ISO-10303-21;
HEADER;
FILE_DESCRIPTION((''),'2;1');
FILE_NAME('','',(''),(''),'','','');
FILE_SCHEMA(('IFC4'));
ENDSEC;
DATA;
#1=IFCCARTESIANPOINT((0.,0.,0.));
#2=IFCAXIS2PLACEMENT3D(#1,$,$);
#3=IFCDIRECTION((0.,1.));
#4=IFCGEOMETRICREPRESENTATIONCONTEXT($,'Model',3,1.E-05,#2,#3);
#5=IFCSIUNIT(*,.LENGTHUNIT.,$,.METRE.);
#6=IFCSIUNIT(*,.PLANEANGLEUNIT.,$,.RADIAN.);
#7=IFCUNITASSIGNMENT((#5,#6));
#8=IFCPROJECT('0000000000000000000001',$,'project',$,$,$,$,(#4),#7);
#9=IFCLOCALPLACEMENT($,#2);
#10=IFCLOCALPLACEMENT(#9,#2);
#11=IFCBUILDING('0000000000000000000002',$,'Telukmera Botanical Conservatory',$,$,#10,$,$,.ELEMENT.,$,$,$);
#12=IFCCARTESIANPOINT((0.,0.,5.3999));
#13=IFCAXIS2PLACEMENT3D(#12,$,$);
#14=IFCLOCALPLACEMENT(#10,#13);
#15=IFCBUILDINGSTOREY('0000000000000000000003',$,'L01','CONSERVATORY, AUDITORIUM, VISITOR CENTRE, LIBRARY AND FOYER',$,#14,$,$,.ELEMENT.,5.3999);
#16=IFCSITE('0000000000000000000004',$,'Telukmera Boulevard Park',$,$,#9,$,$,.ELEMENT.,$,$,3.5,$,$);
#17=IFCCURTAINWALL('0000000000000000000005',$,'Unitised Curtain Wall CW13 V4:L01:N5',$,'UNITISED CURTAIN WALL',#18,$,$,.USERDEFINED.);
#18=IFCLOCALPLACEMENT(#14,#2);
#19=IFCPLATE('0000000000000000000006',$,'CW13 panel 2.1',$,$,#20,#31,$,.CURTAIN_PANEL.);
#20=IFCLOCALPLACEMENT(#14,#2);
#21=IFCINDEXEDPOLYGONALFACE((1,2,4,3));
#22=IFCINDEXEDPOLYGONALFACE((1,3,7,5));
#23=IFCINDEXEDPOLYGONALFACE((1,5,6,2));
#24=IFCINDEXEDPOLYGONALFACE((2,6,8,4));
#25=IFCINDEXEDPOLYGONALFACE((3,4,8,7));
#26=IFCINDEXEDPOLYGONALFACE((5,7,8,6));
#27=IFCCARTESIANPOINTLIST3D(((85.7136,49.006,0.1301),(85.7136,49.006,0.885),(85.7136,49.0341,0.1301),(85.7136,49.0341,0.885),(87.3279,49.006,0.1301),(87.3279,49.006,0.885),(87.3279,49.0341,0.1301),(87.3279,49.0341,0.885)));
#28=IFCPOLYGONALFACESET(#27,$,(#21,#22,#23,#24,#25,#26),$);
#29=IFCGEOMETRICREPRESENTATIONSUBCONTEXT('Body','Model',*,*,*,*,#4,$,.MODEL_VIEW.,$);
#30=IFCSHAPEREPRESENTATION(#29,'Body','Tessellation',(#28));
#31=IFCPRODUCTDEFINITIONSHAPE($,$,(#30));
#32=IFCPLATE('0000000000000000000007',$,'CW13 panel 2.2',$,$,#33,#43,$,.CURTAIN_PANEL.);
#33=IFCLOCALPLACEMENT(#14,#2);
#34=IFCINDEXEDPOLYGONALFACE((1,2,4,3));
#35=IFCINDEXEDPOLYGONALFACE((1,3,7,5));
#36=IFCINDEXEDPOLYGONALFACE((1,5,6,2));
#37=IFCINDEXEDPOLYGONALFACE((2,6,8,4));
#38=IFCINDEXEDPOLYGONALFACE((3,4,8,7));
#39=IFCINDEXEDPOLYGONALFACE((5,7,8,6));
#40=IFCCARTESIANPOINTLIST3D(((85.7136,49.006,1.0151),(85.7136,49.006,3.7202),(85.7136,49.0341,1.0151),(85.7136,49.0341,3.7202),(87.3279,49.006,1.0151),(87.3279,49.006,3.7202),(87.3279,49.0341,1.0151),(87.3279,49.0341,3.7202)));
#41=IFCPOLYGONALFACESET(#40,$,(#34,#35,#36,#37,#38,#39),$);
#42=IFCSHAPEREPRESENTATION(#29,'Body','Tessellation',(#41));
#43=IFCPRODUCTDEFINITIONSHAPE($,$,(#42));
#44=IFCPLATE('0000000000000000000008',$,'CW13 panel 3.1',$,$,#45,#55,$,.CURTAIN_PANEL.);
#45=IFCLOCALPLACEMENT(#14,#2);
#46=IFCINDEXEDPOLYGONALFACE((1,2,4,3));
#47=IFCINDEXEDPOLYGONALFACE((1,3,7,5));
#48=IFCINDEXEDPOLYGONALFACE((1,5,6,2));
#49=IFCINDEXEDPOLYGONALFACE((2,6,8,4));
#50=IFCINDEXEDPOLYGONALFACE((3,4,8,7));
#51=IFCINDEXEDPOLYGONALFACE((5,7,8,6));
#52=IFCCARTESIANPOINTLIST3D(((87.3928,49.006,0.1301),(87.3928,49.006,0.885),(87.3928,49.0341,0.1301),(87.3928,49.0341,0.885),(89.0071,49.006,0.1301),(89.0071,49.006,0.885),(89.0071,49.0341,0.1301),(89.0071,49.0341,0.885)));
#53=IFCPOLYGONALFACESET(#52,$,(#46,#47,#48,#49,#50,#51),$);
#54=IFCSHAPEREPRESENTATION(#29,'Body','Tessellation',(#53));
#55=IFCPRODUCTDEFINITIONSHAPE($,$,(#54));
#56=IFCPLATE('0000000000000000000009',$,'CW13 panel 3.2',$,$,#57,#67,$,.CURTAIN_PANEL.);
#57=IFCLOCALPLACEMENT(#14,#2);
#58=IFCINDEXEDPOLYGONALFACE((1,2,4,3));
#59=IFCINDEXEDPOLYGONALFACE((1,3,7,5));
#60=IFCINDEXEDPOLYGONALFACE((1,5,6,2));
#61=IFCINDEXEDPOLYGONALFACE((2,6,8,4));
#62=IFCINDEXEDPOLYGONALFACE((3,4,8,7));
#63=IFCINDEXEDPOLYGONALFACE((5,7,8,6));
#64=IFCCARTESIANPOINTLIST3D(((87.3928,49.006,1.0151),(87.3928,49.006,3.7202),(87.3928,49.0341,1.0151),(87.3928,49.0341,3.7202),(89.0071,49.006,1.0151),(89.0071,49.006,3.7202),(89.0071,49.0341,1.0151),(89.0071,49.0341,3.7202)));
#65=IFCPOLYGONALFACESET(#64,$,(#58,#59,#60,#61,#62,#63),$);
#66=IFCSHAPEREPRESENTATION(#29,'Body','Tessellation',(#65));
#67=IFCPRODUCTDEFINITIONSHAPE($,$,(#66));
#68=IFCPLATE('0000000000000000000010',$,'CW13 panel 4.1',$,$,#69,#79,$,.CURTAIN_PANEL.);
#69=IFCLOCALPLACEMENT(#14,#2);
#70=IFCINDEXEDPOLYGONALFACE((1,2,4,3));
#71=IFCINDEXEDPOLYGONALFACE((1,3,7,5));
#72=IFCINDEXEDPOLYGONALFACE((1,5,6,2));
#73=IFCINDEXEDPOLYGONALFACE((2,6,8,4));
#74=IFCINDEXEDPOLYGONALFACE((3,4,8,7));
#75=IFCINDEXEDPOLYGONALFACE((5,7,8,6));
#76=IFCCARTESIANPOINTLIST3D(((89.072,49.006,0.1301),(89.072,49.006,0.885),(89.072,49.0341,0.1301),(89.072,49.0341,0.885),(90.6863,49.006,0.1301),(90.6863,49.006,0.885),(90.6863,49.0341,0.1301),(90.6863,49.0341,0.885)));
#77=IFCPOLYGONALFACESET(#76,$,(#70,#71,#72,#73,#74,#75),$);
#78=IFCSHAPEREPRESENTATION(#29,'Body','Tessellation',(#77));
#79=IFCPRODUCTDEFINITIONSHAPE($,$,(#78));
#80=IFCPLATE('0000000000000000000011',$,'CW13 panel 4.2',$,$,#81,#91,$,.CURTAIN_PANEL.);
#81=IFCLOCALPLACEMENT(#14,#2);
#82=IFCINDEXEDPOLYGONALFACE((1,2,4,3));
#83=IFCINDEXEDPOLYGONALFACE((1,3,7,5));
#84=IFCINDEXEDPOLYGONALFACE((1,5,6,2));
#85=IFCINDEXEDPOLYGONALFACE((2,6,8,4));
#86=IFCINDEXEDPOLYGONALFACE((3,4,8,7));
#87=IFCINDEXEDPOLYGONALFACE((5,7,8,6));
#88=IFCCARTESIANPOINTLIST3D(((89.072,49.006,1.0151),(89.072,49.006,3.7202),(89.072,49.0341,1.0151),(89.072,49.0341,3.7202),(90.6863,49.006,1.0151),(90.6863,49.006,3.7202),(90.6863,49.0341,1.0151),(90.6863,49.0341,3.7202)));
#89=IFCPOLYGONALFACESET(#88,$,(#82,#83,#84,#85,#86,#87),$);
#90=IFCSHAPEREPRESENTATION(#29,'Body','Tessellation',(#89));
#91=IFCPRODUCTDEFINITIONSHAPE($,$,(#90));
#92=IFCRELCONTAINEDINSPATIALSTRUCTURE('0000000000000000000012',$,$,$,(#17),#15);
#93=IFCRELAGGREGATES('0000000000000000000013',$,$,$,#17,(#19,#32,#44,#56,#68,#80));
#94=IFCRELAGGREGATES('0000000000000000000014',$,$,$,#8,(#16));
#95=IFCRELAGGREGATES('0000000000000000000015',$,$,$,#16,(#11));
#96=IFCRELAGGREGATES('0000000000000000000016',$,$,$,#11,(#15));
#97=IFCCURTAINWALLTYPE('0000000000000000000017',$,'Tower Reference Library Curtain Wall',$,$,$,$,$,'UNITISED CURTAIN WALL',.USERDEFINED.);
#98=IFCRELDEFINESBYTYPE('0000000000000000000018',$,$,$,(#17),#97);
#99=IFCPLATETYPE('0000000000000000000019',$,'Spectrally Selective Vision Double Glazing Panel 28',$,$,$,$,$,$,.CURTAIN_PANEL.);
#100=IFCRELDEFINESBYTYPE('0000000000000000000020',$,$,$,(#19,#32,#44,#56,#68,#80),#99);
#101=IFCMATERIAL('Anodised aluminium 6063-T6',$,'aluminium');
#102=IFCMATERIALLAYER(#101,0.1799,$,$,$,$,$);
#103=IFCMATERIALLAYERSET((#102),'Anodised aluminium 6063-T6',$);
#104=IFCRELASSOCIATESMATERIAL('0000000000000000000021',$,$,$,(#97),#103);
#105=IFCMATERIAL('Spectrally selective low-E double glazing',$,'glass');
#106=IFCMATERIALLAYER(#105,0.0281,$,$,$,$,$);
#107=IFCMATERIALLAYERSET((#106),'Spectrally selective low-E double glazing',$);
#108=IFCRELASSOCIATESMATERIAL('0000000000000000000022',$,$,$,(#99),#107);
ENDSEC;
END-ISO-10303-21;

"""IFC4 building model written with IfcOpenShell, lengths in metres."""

from ifc_helpers import new_model, si_unit, direction, frame, origin, origin_2d, place, context, subcontext, project, spatial, rectangle, extrude, material, layer, layer_set, type_object, element, aggregate, save


model = new_model("IFC4")

# Units and contexts
model_context = context("Model", 3, precision=1e-05, world=origin(), true_north=direction((0.0, 1.0)))
body_context = subcontext(model_context, "Body", "Model", "MODEL_VIEW")
ifc_project = project(units=[si_unit("LENGTHUNIT", "METRE"), si_unit("PLANEANGLEUNIT", "RADIAN")], contexts=[model_context])

# Site, building, storey
site_placement = place(None, origin())
site = spatial("IfcSite", under=ifc_project, at=site_placement, Name="Telukmera Boulevard Park", CompositionType="ELEMENT", RefElevation=3.5)
building_placement = place(site_placement, origin())
building = spatial("IfcBuilding", under=site, at=building_placement, Name="Telukmera Botanical Conservatory", CompositionType="ELEMENT")
storey_placement = place(building_placement, frame((0.0, 0.0, 5.3999)))
storey = spatial("IfcBuildingStorey", under=building, at=storey_placement, Name="L01", Description="CONSERVATORY, AUDITORIUM, VISITOR CENTRE, LIBRARY AND FOYER", CompositionType="ELEMENT", Elevation=5.3999)

# Curtain wall, plates
ifc_material_1 = material(Name="Anodised aluminium 6063-T6", Category="aluminium")
ifc_layer_1 = layer(ifc_material_1, 0.1799)
ifc_layer_set_1 = layer_set([ifc_layer_1], Name="Anodised aluminium 6063-T6")
curtain_wall_type = type_object("IfcCurtainWallType", Name="Tower Reference Library Curtain Wall", ElementType="UNITISED CURTAIN WALL", PredefinedType="USERDEFINED", material=ifc_layer_set_1)
curtain_wall_placement = place(storey_placement, origin())
curtain_wall = element("IfcCurtainWall", 1, at=curtain_wall_placement, inside=storey, type_object=curtain_wall_type, Name="Unitised Curtain Wall CW13 V4:L01:N5", ObjectType="UNITISED CURTAIN WALL", PredefinedType="USERDEFINED")
ifc_material_2 = material(Name="Spectrally selective low-E double glazing", Category="glass")
ifc_layer_2 = layer(ifc_material_2, 0.0281)
ifc_layer_set_2 = layer_set([ifc_layer_2], Name="Spectrally selective low-E double glazing")
plate_type = type_object("IfcPlateType", Name="Spectrally Selective Vision Double Glazing Panel 28", PredefinedType="CURTAIN_PANEL", material=ifc_layer_set_2)
plate_1_placement = place(storey_placement, frame((86.5208, 49.02, 0.1301), z_axis=(0.0, 0.0, 1.0), x_axis=(1.0, 0.0, 0.0)))
plate_1 = element("IfcPlate", 2, at=plate_1_placement, type_object=plate_type, Name="CW13 panel 2.1", PredefinedType="CURTAIN_PANEL", context=body_context, shape_type="SweptSolid", body=[
    extrude(rectangle(XDim=1.6143, YDim=0.0281, at=origin_2d()), origin(), (0.0, 0.0, 1.0), 0.7549),
])
plate_2_placement = place(storey_placement, frame((86.5208, 49.02, 1.0151), z_axis=(0.0, 0.0, 1.0), x_axis=(1.0, 0.0, 0.0)))
plate_2 = element("IfcPlate", 3, at=plate_2_placement, type_object=plate_type, Name="CW13 panel 2.2", PredefinedType="CURTAIN_PANEL", context=body_context, shape_type="SweptSolid", body=[
    extrude(rectangle(XDim=1.6143, YDim=0.0281, at=origin_2d()), origin(), (0.0, 0.0, 1.0), 2.7051),
])
plate_3_placement = place(storey_placement, frame((88.2, 49.02, 0.1301), z_axis=(0.0, 0.0, 1.0), x_axis=(1.0, 0.0, 0.0)))
plate_3 = element("IfcPlate", 4, at=plate_3_placement, type_object=plate_type, Name="CW13 panel 3.1", PredefinedType="CURTAIN_PANEL", context=body_context, shape_type="SweptSolid", body=[
    extrude(rectangle(XDim=1.6143, YDim=0.0281, at=origin_2d()), origin(), (0.0, 0.0, 1.0), 0.7549),
])
plate_4_placement = place(storey_placement, frame((88.2, 49.02, 1.0151), z_axis=(0.0, 0.0, 1.0), x_axis=(1.0, 0.0, 0.0)))
plate_4 = element("IfcPlate", 5, at=plate_4_placement, type_object=plate_type, Name="CW13 panel 3.2", PredefinedType="CURTAIN_PANEL", context=body_context, shape_type="SweptSolid", body=[
    extrude(rectangle(XDim=1.6143, YDim=0.0281, at=origin_2d()), origin(), (0.0, 0.0, 1.0), 2.7051),
])
plate_5_placement = place(storey_placement, frame((89.8792, 49.02, 0.1301), z_axis=(0.0, 0.0, 1.0), x_axis=(1.0, 0.0, 0.0)))
plate_5 = element("IfcPlate", 6, at=plate_5_placement, type_object=plate_type, Name="CW13 panel 4.1", PredefinedType="CURTAIN_PANEL", context=body_context, shape_type="SweptSolid", body=[
    extrude(rectangle(XDim=1.6143, YDim=0.0281, at=origin_2d()), origin(), (0.0, 0.0, 1.0), 0.7549),
])
plate_6_placement = place(storey_placement, frame((89.8792, 49.02, 1.0151), z_axis=(0.0, 0.0, 1.0), x_axis=(1.0, 0.0, 0.0)))
plate_6 = element("IfcPlate", 7, at=plate_6_placement, type_object=plate_type, Name="CW13 panel 4.2", PredefinedType="CURTAIN_PANEL", context=body_context, shape_type="SweptSolid", body=[
    extrude(rectangle(XDim=1.6143, YDim=0.0281, at=origin_2d()), origin(), (0.0, 0.0, 1.0), 2.7051),
])
aggregate(curtain_wall, [plate_1, plate_2, plate_3, plate_4, plate_5, plate_6])

save(model, "model.ifc")
